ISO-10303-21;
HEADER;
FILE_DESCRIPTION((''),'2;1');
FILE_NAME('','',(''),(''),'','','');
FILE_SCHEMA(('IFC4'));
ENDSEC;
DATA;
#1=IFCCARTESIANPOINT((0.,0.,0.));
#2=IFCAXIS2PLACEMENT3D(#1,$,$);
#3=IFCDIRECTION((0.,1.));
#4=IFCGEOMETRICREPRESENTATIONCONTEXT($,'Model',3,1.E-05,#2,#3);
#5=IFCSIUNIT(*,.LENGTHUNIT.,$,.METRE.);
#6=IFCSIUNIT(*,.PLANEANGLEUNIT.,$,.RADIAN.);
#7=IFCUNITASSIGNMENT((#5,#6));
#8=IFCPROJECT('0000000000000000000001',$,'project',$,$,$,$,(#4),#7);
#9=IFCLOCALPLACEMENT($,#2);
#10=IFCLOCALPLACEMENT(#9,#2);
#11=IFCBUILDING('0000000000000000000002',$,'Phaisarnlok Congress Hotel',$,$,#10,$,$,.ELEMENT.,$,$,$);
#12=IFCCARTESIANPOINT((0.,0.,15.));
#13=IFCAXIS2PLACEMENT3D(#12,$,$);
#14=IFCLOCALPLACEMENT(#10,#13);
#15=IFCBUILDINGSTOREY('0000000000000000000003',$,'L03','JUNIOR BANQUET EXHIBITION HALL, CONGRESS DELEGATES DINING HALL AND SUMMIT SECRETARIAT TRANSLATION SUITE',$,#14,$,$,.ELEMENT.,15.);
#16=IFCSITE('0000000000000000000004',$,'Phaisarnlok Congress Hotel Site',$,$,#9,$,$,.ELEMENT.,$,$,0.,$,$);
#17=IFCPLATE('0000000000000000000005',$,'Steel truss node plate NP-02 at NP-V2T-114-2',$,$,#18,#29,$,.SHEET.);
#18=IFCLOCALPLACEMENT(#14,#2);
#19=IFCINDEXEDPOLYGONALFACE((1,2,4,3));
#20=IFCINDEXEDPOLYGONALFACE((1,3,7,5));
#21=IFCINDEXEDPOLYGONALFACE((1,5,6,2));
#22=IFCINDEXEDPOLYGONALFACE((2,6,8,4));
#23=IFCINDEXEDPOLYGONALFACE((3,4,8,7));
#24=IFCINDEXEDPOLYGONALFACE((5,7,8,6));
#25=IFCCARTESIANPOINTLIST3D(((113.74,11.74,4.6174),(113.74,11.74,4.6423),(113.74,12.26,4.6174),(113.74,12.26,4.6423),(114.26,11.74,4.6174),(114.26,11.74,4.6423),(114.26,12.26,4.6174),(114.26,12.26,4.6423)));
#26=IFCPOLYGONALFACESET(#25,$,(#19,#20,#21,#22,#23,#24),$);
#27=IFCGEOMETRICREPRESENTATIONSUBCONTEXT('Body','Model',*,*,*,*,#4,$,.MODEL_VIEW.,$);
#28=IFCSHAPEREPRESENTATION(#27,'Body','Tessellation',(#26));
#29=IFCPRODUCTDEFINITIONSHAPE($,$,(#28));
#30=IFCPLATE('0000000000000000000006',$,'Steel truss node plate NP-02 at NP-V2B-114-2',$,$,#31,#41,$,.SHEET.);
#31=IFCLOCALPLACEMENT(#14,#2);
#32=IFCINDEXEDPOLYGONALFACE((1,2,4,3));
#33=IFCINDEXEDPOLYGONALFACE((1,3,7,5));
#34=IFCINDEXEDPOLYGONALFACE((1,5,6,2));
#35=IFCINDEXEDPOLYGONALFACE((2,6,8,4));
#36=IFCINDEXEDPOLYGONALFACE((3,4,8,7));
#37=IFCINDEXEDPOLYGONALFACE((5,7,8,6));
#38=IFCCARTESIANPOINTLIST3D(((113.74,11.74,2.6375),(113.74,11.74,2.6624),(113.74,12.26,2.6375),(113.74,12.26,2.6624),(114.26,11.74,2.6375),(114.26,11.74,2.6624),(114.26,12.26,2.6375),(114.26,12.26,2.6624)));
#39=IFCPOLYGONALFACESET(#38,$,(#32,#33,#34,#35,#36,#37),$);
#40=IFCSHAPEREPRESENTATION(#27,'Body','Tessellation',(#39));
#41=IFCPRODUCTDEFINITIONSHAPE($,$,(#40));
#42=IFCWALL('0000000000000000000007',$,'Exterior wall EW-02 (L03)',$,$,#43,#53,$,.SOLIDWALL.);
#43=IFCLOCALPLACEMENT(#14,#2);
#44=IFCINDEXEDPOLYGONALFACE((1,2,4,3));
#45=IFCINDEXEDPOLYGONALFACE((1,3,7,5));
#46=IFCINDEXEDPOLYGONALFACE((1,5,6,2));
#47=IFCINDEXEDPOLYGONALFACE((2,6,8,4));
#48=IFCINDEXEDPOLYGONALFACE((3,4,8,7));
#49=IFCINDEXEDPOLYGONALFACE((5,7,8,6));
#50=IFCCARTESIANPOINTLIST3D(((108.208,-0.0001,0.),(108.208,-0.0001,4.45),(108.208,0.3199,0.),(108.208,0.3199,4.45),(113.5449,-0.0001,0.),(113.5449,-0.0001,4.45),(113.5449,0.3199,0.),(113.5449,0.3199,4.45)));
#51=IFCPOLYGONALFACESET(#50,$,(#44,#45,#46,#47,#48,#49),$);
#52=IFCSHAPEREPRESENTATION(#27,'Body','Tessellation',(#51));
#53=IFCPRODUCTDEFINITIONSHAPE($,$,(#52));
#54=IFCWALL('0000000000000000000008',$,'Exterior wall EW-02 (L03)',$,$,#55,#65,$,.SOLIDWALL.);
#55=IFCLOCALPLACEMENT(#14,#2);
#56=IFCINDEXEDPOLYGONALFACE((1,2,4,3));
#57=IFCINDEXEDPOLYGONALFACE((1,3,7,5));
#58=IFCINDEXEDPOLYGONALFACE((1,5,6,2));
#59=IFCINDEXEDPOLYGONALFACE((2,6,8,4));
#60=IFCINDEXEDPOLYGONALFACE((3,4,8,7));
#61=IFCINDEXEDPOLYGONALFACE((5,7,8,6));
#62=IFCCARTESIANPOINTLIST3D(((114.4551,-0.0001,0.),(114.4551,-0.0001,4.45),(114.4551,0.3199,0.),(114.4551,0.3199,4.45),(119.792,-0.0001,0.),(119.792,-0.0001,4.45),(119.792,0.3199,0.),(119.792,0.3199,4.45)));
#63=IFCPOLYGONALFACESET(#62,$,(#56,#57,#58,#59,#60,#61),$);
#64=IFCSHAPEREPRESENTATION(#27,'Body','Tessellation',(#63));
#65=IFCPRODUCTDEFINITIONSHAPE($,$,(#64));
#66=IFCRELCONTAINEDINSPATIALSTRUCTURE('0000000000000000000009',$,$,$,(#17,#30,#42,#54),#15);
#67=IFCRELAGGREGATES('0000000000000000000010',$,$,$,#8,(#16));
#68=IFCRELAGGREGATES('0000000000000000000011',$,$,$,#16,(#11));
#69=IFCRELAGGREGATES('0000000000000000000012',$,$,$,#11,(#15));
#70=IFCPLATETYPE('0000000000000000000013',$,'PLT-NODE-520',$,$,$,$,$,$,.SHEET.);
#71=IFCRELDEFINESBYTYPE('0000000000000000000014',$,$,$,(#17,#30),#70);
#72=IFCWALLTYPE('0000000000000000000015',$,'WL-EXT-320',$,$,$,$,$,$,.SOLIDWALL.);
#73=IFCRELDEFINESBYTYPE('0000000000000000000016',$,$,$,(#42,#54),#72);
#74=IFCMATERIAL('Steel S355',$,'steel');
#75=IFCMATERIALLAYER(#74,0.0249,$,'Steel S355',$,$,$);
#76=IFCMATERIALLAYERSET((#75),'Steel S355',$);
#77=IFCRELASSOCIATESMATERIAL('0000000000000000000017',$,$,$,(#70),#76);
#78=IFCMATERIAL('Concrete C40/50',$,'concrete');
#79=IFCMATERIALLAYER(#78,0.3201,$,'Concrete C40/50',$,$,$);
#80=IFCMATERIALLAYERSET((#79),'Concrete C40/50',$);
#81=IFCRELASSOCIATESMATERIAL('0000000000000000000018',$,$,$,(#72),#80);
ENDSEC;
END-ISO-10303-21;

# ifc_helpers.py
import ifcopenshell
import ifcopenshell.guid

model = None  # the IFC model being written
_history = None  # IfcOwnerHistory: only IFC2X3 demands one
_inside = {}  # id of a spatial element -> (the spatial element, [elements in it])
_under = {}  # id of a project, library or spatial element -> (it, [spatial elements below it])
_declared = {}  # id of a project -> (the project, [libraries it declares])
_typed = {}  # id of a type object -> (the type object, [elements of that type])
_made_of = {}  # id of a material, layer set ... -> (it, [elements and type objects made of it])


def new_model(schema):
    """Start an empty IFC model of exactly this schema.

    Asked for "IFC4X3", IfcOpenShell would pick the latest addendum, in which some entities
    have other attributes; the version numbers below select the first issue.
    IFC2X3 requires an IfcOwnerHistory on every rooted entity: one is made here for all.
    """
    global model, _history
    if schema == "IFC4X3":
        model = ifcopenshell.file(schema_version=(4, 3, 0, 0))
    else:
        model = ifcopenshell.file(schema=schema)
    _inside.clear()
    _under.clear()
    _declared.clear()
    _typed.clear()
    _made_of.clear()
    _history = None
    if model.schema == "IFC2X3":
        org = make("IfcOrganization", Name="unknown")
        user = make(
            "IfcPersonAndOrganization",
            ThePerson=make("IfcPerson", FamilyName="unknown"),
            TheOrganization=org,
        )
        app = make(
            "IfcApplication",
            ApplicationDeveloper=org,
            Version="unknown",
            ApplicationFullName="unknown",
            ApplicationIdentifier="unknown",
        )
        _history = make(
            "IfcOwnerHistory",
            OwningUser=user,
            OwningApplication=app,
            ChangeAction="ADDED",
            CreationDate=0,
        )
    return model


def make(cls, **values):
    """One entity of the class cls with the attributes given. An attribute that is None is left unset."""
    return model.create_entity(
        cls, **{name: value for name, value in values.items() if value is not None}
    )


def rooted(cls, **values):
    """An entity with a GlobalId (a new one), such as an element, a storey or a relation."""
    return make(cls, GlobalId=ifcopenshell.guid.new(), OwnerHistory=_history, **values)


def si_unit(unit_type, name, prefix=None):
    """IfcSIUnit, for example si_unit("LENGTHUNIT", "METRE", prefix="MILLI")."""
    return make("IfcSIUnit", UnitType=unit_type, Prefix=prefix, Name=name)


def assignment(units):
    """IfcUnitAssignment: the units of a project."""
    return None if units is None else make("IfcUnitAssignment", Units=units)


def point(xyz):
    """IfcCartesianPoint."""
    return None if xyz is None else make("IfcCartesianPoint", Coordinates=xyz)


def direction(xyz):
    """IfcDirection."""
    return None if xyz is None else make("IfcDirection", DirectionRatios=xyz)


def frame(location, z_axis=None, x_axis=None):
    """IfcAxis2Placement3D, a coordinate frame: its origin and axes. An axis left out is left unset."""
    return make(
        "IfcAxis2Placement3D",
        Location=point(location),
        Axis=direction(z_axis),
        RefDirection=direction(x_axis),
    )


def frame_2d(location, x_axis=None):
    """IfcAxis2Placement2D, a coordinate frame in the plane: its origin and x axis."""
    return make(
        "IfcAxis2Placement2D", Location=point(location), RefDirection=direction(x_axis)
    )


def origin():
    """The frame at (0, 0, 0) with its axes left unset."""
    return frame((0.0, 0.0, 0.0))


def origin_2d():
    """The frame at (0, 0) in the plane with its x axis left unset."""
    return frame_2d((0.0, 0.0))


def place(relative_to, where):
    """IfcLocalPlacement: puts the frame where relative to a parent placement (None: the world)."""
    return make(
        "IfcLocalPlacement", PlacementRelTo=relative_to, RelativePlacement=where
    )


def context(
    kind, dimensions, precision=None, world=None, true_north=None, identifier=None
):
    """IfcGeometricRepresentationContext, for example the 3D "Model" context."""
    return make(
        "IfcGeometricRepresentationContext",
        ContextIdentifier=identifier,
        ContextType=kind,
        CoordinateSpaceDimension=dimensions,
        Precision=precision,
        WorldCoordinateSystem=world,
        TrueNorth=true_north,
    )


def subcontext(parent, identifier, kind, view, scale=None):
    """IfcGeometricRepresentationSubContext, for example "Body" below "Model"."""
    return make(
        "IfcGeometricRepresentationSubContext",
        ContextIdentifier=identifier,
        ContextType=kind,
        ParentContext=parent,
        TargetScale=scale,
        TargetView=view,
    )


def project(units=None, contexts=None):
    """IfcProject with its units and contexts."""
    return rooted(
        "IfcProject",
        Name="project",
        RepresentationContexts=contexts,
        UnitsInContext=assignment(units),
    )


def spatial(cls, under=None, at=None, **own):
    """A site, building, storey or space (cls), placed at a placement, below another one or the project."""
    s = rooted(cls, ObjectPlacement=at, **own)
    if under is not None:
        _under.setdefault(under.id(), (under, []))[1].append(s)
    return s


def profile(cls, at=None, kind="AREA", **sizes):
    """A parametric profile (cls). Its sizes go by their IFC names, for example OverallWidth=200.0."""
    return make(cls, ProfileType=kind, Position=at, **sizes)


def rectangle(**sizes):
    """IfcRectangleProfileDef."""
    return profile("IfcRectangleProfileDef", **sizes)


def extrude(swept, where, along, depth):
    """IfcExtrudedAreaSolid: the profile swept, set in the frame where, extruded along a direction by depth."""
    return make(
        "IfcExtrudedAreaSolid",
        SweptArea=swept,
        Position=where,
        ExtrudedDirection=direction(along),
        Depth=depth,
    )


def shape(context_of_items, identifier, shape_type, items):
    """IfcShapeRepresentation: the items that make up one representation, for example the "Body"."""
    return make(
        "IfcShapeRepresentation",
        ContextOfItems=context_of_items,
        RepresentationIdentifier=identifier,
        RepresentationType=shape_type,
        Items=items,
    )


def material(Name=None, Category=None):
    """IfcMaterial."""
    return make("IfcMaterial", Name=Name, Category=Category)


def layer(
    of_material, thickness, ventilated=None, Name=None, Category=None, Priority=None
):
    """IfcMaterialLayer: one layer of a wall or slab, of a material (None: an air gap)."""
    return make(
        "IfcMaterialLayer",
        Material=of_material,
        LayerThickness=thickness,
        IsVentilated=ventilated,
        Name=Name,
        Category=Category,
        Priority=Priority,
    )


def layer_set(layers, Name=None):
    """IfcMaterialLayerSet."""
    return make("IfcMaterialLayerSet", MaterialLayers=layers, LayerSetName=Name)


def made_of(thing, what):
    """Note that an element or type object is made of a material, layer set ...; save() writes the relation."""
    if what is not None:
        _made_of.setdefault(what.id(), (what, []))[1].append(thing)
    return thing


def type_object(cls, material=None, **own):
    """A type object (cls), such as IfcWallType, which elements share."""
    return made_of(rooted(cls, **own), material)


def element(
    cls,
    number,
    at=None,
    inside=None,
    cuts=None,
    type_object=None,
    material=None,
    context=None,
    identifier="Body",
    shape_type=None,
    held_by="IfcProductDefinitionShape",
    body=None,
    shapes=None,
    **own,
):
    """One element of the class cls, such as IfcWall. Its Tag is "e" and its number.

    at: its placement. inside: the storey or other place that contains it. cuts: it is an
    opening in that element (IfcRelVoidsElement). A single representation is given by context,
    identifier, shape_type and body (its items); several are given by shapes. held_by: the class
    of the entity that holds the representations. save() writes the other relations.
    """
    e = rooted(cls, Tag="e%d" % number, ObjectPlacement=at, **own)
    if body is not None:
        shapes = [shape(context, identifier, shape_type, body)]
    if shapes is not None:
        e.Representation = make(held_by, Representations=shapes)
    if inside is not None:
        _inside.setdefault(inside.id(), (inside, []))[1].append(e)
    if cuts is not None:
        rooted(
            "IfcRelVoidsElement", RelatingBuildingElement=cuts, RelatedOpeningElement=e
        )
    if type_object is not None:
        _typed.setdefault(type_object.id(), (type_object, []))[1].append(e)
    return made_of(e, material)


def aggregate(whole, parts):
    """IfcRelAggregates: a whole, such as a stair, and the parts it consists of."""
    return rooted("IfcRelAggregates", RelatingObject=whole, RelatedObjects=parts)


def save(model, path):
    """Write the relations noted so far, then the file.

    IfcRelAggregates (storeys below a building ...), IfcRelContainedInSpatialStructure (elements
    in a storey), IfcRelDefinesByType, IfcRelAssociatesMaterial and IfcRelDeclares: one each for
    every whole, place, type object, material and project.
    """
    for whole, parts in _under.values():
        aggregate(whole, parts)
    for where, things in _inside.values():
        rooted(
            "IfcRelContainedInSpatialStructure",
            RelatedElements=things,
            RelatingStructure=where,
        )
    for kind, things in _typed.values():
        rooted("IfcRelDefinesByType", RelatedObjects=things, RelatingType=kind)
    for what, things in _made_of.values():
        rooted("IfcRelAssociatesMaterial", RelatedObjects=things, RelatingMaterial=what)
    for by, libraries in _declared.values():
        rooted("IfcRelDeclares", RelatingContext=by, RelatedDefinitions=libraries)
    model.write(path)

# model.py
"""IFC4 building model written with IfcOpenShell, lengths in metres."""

from ifc_helpers import new_model, si_unit, direction, frame, frame_2d, origin, origin_2d, place, context, subcontext, project, spatial, rectangle, extrude, material, layer, layer_set, type_object, element, save


model = new_model("IFC4")

# Units and contexts
model_context = context("Model", 3, precision=1e-05, world=origin(), true_north=direction((0.0, 1.0)))
body_context = subcontext(model_context, "Body", "Model", "MODEL_VIEW")
ifc_project = project(units=[si_unit("LENGTHUNIT", "METRE"), si_unit("PLANEANGLEUNIT", "RADIAN")], contexts=[model_context])

# Site, building, storey
site_placement = place(None, origin())
site = spatial("IfcSite", under=ifc_project, at=site_placement, Name="Phaisarnlok Congress Hotel Site", CompositionType="ELEMENT", RefElevation=0.0)
building_placement = place(site_placement, origin())
building = spatial("IfcBuilding", under=site, at=building_placement, Name="Phaisarnlok Congress Hotel", CompositionType="ELEMENT")
storey_placement = place(building_placement, frame((0.0, 0.0, 15.0)))
storey = spatial("IfcBuildingStorey", under=building, at=storey_placement, Name="L03", Description="JUNIOR BANQUET EXHIBITION HALL, CONGRESS DELEGATES DINING HALL AND SUMMIT SECRETARIAT TRANSLATION SUITE", CompositionType="ELEMENT", Elevation=15.0)

# Shared definitions
ifc_material_1 = material(Name="Steel S355", Category="steel")

# Plates
ifc_layer_1 = layer(ifc_material_1, 0.0249, Name="Steel S355")
ifc_layer_set_1 = layer_set([ifc_layer_1], Name="Steel S355")
plate_type_1 = type_object("IfcPlateType", Name="PLT-NODE-520", PredefinedType="SHEET", material=ifc_layer_set_1)
for number, where, z_axis, x_axis, name in (
    (1, (114.0, 12.0, 4.6174), (0.0, 0.0, 1.0), (1.0, 0.0, 0.0), "Steel truss node plate NP-02 at NP-V2T-114-2"),
    (2, (114.0, 12.0, 2.6375), (0.0, 0.0, 1.0), (1.0, 0.0, 0.0), "Steel truss node plate NP-02 at NP-V2B-114-2"),
):
    element("IfcPlate", number, at=place(storey_placement, frame(where, z_axis=z_axis, x_axis=x_axis)), inside=storey, type_object=plate_type_1, Name=name, PredefinedType="SHEET", context=body_context, shape_type="SweptSolid", body=[
        extrude(rectangle(XDim=0.52, YDim=0.52, at=origin_2d()), origin(), (0.0, 0.0, 1.0), 0.0249),
    ])

# Walls
ifc_material_2 = material(Name="Concrete C40/50", Category="concrete")
ifc_layer_2 = layer(ifc_material_2, 0.3201, Name="Concrete C40/50")
ifc_layer_set_2 = layer_set([ifc_layer_2], Name="Concrete C40/50")
wall_type = type_object("IfcWallType", Name="WL-EXT-320", PredefinedType="SOLIDWALL", material=ifc_layer_set_2)
for number, where, z_axis, x_axis, name in (
    (3, (108.208, 0.1599, 0.0), (0.0, 0.0, 1.0), (1.0, 0.0, 0.0), "Exterior wall EW-02 (L03)"),
    (4, (114.4551, 0.1599, 0.0), (0.0, 0.0, 1.0), (1.0, 0.0, 0.0), "Exterior wall EW-02 (L03)"),
):
    element("IfcWall", number, at=place(storey_placement, frame(where, z_axis=z_axis, x_axis=x_axis)), inside=storey, type_object=wall_type, Name=name, PredefinedType="SOLIDWALL", context=body_context, shape_type="SweptSolid", body=[
        extrude(rectangle(XDim=5.3369, YDim=0.3201, at=frame_2d((2.6685, 0.0))), origin(), (0.0, 0.0, 1.0), 4.45),
    ])

save(model, "model.ifc")
